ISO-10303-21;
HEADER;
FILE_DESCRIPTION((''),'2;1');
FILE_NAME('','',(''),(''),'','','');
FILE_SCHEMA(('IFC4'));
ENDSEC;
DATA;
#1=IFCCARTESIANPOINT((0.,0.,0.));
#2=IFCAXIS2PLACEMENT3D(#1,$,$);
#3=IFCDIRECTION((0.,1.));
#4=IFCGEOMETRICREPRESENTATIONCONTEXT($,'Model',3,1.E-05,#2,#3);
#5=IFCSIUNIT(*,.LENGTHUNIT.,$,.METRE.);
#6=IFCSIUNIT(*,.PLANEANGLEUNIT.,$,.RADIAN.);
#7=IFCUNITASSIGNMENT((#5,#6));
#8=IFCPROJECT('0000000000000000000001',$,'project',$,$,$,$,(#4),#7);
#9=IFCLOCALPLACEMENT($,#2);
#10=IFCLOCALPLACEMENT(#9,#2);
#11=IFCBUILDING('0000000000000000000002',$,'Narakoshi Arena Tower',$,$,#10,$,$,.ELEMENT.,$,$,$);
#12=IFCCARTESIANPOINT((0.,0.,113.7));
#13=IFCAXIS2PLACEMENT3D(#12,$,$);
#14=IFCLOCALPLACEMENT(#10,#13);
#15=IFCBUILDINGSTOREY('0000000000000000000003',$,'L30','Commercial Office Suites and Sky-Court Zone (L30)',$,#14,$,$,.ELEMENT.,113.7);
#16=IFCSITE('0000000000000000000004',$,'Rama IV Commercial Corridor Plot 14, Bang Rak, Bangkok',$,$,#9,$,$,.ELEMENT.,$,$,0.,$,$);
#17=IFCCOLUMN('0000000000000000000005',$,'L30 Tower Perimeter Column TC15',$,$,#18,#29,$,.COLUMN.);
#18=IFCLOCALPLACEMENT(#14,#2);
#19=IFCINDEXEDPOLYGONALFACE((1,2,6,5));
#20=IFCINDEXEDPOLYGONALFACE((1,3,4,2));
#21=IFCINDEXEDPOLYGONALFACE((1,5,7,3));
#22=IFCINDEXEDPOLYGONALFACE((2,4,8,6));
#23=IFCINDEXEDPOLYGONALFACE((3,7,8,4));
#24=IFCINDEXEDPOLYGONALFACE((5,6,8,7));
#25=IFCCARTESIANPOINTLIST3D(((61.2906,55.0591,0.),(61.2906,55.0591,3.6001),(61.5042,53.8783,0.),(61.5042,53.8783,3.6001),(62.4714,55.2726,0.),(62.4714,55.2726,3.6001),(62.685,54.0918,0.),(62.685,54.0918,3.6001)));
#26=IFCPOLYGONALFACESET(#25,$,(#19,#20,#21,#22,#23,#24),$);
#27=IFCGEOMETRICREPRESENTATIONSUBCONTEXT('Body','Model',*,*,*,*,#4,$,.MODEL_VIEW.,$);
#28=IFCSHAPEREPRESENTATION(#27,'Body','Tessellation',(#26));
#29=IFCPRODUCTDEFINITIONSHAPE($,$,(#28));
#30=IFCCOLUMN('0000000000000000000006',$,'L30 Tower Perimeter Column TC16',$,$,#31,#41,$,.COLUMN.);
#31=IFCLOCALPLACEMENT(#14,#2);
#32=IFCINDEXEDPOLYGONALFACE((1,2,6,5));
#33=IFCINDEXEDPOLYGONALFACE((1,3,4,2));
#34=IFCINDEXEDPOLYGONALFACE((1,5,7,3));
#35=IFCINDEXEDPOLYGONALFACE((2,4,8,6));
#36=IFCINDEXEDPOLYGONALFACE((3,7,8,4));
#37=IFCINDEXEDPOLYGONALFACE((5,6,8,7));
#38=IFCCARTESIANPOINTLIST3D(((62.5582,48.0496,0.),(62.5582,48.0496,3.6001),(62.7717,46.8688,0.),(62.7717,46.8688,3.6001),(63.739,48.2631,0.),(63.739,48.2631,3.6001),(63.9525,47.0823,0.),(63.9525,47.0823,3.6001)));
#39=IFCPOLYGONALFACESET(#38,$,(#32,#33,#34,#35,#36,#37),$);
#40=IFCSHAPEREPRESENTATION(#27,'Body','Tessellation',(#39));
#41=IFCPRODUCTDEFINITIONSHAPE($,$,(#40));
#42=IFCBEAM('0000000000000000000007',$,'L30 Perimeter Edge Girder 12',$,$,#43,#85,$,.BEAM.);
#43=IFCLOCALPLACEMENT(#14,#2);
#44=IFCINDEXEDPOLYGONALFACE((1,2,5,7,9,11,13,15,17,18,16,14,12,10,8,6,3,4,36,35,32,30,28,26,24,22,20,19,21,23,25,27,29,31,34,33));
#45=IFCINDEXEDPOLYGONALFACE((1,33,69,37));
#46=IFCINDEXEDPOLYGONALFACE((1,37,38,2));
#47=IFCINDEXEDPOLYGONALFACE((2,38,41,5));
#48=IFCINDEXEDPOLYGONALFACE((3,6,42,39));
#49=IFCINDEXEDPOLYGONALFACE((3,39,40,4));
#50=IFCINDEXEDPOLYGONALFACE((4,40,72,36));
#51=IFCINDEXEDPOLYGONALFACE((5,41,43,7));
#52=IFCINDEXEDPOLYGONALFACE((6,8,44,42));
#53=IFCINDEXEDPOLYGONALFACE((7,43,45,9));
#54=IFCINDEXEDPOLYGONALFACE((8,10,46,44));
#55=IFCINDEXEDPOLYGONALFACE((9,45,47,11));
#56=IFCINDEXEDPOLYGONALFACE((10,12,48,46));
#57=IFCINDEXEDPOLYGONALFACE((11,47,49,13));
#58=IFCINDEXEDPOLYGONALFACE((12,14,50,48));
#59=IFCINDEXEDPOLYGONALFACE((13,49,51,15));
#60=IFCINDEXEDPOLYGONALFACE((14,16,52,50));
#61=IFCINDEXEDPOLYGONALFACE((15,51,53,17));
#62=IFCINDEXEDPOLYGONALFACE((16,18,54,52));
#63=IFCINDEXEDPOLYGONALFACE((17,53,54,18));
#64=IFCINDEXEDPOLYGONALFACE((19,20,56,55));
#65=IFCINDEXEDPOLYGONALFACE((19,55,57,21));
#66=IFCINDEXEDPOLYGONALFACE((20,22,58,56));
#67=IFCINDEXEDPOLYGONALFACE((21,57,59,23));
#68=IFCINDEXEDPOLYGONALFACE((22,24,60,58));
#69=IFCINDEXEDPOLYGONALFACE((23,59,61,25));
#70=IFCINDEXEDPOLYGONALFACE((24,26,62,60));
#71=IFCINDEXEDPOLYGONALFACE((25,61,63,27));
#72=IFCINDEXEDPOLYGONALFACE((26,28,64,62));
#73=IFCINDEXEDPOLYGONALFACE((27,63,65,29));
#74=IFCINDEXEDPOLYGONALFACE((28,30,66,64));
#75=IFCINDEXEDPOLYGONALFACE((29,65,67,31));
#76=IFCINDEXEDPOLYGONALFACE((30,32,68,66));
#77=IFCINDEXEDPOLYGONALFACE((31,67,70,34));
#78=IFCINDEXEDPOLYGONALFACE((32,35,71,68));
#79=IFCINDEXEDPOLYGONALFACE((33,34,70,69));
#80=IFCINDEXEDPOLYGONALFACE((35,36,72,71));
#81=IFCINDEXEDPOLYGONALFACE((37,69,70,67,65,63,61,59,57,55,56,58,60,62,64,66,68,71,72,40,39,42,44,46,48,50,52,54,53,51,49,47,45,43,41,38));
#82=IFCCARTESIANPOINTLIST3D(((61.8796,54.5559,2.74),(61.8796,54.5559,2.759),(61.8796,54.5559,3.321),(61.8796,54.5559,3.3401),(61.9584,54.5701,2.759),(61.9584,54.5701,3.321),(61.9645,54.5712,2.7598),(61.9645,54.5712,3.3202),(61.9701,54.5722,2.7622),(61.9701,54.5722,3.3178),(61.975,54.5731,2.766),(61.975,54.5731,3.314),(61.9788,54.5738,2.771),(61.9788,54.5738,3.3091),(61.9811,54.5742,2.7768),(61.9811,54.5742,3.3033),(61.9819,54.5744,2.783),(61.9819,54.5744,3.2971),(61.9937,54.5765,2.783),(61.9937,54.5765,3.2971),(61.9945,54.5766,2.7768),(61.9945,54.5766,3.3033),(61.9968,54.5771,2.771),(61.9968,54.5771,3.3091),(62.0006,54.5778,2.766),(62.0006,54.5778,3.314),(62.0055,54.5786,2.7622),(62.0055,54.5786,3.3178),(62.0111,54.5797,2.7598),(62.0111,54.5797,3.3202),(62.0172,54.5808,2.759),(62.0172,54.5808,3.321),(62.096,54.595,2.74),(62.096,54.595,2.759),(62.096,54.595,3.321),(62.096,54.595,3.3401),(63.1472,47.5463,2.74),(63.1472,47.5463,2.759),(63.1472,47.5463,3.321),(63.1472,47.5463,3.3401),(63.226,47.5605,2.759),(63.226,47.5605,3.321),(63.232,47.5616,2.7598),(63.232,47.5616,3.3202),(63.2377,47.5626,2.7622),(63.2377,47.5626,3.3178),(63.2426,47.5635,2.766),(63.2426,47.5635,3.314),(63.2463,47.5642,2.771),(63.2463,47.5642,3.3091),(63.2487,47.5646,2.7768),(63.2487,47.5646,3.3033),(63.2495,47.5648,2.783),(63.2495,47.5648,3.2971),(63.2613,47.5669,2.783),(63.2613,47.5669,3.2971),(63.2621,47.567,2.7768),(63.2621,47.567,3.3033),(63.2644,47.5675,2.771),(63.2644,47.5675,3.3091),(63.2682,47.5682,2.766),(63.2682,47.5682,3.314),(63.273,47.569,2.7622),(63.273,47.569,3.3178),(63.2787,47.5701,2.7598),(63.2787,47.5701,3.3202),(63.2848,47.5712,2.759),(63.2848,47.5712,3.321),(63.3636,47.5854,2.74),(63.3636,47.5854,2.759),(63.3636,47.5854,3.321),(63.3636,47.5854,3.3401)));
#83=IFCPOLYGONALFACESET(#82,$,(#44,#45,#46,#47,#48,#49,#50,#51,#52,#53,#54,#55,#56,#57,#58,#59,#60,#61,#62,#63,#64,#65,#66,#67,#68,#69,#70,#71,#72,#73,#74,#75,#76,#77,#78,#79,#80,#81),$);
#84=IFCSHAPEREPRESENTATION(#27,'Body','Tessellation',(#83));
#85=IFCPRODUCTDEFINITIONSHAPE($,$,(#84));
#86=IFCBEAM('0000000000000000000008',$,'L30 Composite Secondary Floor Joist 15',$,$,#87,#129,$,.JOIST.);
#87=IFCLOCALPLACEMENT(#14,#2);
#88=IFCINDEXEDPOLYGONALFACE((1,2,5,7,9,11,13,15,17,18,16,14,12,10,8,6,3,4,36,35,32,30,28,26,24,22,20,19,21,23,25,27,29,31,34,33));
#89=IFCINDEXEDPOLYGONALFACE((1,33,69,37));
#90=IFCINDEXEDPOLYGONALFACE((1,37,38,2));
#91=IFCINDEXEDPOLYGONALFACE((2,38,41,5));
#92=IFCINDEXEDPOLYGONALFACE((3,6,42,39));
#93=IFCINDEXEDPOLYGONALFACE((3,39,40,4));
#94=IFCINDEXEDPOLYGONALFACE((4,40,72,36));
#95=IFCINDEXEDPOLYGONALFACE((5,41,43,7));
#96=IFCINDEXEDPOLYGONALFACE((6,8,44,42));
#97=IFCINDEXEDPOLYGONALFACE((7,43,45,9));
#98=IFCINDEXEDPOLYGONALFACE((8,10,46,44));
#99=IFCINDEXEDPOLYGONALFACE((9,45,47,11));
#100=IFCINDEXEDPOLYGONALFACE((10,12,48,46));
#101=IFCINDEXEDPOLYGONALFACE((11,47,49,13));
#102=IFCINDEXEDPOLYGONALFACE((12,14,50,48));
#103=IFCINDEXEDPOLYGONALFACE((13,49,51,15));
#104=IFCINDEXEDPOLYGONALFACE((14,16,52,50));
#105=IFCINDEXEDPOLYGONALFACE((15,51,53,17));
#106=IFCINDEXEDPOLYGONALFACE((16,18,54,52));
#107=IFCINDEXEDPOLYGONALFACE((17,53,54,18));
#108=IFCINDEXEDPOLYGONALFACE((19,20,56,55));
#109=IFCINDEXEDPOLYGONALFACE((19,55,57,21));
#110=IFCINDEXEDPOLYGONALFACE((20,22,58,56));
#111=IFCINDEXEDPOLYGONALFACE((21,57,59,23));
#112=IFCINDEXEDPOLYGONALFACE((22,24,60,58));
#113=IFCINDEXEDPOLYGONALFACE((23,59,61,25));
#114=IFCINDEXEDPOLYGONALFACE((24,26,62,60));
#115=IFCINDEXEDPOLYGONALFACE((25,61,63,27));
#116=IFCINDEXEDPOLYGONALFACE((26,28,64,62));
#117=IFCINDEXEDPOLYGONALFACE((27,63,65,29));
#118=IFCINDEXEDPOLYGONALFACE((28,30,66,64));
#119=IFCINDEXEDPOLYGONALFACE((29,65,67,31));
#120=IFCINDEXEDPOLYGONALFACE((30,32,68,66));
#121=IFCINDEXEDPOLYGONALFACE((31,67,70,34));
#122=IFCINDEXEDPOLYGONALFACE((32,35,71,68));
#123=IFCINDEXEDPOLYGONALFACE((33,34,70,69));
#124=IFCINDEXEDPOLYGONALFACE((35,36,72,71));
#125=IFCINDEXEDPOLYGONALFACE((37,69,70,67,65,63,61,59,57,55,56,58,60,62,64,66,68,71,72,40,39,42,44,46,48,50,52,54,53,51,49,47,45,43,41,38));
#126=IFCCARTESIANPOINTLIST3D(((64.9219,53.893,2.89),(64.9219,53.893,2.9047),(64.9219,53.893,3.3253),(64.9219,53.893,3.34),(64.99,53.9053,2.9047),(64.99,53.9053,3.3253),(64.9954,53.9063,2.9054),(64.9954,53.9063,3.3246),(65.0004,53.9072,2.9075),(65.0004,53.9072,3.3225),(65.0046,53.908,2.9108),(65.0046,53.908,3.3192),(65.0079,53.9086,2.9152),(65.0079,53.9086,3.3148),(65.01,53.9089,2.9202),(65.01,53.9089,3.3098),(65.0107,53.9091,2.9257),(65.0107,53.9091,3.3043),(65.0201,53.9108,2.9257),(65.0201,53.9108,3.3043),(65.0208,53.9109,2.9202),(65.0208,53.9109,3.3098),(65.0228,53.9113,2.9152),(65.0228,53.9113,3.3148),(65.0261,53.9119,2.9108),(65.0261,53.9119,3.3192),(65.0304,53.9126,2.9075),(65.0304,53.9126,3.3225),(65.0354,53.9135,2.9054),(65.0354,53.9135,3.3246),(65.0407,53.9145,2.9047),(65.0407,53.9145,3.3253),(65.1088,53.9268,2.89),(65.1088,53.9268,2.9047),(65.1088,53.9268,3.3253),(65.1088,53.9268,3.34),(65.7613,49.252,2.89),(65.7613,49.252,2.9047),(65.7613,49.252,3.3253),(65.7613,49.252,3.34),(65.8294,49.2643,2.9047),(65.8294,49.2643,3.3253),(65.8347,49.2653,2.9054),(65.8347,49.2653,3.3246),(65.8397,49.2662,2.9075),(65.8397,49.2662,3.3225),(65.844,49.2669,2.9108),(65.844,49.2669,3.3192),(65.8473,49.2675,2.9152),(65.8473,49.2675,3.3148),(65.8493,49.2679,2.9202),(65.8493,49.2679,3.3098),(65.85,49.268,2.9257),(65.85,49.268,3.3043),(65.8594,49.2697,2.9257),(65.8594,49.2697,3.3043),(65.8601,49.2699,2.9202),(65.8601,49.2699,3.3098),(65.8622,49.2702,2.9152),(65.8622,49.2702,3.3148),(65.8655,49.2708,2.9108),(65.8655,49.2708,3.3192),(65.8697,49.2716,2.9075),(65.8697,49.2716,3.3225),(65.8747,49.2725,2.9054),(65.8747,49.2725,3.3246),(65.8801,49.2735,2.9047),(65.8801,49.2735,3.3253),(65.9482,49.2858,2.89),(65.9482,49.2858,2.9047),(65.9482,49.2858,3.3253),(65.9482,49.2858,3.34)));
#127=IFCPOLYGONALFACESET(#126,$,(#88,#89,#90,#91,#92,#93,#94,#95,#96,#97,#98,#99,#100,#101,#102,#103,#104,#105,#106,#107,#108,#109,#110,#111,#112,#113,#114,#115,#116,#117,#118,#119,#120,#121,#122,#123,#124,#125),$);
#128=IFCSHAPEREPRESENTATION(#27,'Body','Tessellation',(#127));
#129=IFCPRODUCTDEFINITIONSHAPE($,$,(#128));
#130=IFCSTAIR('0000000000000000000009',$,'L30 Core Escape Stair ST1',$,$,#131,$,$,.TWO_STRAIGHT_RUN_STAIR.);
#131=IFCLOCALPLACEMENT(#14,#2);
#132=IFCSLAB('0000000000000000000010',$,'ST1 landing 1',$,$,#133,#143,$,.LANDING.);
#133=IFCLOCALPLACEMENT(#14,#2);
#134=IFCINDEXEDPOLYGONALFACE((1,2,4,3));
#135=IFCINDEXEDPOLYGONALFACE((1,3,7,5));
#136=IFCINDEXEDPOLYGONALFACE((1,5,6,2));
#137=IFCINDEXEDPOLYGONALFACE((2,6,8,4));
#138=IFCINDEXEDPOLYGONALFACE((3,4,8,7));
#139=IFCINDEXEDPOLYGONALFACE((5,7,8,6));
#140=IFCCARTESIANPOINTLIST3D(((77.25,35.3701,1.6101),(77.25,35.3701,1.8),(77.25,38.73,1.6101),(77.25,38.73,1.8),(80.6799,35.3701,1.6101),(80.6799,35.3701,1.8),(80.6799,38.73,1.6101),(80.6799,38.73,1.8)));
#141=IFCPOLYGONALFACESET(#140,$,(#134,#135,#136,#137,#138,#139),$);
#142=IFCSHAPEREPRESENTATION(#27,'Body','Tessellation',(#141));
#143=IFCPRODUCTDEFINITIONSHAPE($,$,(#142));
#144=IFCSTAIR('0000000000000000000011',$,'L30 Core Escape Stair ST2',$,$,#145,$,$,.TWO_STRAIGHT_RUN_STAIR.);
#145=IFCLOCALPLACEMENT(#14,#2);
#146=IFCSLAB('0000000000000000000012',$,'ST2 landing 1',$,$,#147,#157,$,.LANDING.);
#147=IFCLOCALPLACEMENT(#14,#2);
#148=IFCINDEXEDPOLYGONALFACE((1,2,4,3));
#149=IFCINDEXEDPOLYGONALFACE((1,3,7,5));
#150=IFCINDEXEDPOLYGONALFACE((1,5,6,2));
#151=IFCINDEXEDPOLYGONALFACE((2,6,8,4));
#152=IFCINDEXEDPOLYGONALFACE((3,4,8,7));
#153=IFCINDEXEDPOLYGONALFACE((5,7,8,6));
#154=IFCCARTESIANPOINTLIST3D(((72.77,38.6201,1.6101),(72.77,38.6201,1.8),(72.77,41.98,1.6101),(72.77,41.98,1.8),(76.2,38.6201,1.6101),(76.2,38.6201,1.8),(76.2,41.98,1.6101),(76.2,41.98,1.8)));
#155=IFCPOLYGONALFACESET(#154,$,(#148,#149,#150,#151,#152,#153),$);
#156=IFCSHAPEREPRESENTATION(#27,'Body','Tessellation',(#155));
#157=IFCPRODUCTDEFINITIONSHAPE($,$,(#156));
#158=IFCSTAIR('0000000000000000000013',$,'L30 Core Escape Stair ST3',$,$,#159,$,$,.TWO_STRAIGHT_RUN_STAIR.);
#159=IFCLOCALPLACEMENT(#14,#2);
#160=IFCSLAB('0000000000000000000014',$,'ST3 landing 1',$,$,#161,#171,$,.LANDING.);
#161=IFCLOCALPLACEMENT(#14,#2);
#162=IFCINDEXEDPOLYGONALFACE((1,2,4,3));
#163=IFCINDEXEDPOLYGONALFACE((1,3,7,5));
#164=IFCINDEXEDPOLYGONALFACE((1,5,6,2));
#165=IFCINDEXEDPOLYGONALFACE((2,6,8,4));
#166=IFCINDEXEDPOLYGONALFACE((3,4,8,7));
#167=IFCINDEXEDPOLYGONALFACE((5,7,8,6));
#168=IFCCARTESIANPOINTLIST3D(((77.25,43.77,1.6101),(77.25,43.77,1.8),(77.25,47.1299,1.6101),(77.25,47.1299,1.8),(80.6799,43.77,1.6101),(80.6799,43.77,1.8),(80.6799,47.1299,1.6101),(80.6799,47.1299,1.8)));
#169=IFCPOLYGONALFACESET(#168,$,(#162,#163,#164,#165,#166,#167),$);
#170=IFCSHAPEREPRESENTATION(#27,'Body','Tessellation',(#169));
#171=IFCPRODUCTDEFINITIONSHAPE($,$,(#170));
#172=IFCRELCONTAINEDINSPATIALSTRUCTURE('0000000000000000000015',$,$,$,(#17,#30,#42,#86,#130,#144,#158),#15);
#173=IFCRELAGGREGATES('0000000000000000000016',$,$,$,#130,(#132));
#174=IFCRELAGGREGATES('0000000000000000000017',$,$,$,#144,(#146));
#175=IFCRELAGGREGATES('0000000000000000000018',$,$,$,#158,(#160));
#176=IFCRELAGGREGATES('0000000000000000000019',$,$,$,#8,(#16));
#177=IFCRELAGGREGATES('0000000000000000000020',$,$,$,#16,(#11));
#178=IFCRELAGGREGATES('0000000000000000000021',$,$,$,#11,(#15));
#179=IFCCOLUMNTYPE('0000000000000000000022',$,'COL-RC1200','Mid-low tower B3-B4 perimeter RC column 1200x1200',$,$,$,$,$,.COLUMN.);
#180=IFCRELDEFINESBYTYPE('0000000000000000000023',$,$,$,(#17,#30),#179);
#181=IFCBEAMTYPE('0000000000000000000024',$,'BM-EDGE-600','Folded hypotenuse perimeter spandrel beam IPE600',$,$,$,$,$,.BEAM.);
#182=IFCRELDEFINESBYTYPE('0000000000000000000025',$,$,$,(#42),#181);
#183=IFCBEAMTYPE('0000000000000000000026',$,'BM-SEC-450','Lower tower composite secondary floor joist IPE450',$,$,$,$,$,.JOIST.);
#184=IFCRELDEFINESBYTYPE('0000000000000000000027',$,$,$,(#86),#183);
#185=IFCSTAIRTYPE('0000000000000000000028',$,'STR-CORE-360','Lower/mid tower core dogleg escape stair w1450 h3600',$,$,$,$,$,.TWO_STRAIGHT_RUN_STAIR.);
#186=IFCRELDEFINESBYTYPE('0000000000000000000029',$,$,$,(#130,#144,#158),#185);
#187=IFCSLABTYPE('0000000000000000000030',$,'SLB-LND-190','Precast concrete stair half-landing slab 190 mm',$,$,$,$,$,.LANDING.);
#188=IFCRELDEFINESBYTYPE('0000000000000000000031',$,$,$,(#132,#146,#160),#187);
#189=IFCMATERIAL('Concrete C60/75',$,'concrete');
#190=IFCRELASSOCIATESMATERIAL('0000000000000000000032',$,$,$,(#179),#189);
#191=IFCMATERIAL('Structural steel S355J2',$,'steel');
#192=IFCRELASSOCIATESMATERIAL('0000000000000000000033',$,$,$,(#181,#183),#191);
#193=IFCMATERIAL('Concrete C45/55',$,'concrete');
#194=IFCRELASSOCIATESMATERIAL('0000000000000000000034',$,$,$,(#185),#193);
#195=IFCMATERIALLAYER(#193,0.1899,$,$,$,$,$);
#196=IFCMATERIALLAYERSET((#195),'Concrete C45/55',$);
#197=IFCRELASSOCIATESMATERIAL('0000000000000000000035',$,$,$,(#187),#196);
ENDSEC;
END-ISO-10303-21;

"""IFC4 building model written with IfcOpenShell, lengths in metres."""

from ifc_helpers import new_model, si_unit, direction, frame, origin, origin_2d, place, context, subcontext, project, spatial, polyline, rectangle, i_section, outline, extrude, material, layer, layer_set, material_profile, profile_set, type_object, element, aggregate, save


model = new_model("IFC4")

# Units and contexts
model_context = context("Model", 3, precision=1e-05, world=origin(), true_north=direction((0.0, 1.0)))
body_context = subcontext(model_context, "Body", "Model", "MODEL_VIEW")
ifc_project = project(units=[si_unit("LENGTHUNIT", "METRE"), si_unit("PLANEANGLEUNIT", "RADIAN")], contexts=[model_context])

# Site, building, storey
site_placement = place(None, origin())
site = spatial("IfcSite", under=ifc_project, at=site_placement, Name="Rama IV Commercial Corridor Plot 14, Bang Rak, Bangkok", CompositionType="ELEMENT", RefElevation=0.0)
building_placement = place(site_placement, origin())
building = spatial("IfcBuilding", under=site, at=building_placement, Name="Narakoshi Arena Tower", CompositionType="ELEMENT")
storey_placement = place(building_placement, frame((0.0, 0.0, 113.7)))
storey = spatial("IfcBuildingStorey", under=building, at=storey_placement, Name="L30", Description="Commercial Office Suites and Sky-Court Zone (L30)", CompositionType="ELEMENT", Elevation=113.7)

# Columns
ifc_material_1 = material(Name="Concrete C60/75", Category="concrete")
ifc_material_profile_1 = material_profile(ifc_material_1, rectangle(XDim=1.2, YDim=1.2, at=origin_2d()), Name="RC1200x1200")
ifc_profile_set_1 = profile_set([ifc_material_profile_1], Name="Concrete C60/75")
column_type = type_object("IfcColumnType", Name="COL-RC1200", Description="Mid-low tower B3-B4 perimeter RC column 1200x1200", PredefinedType="COLUMN", material=ifc_profile_set_1)
for number, where, z_axis, x_axis, name in (
    (1, (61.9878, 54.5754, 0.0), (0.0, 0.0, 1.0), (-0.177944, 0.984041, 0.0), "L30 Tower Perimeter Column TC15"),
    (2, (63.2554, 47.5659, 0.0), (0.0, 0.0, 1.0), (-0.177944, 0.984041, 0.0), "L30 Tower Perimeter Column TC16"),
):
    element("IfcColumn", number, at=place(storey_placement, frame(where, z_axis=z_axis, x_axis=x_axis)), inside=storey, type_object=column_type, Name=name, PredefinedType="COLUMN", context=body_context, shape_type="SweptSolid", body=[
        extrude(rectangle(XDim=1.2, YDim=1.2, at=origin_2d()), origin(), (0.0, 0.0, 1.0), 3.6001),
    ])

# Beams
ifc_material_2 = material(Name="Structural steel S355J2", Category="steel")
ifc_material_profile_2 = material_profile(ifc_material_2, i_section(OverallWidth=0.22, OverallDepth=0.6001, WebThickness=0.012, FlangeThickness=0.019, FilletRadius=0.0239, at=origin_2d()), Name="IPE600")
ifc_profile_set_2 = profile_set([ifc_material_profile_2], Name="Structural steel S355J2")
beam_type_1 = type_object("IfcBeamType", Name="BM-EDGE-600", Description="Folded hypotenuse perimeter spandrel beam IPE600", PredefinedType="BEAM", material=ifc_profile_set_2)
beam_1_placement = place(storey_placement, frame((61.9878, 54.5754, 3.04), z_axis=(0.17795, -0.984039, 0.0), x_axis=(0.984039, 0.17795, 0.0)))
element("IfcBeam", 3, at=beam_1_placement, inside=storey, type_object=beam_type_1, Name="L30 Perimeter Edge Girder 12", PredefinedType="BEAM", context=body_context, shape_type="SweptSolid", body=[
    extrude(i_section(OverallWidth=0.22, OverallDepth=0.6001, WebThickness=0.012, FlangeThickness=0.019, FilletRadius=0.0239, at=origin_2d()), origin(), (0.0, 0.0, 1.0), 7.1233),
])
ifc_material_profile_3 = material_profile(ifc_material_2, i_section(OverallWidth=0.1899, OverallDepth=0.45, WebThickness=0.0095, FlangeThickness=0.0146, FilletRadius=0.021, at=origin_2d()), Name="IPE450")
ifc_profile_set_3 = profile_set([ifc_material_profile_3], Name="Structural steel S355J2")
beam_type_2 = type_object("IfcBeamType", Name="BM-SEC-450", Description="Lower tower composite secondary floor joist IPE450", PredefinedType="JOIST", material=ifc_profile_set_3)
beam_2_placement = place(storey_placement, frame((65.0154, 53.9099, 3.115), z_axis=(0.177965, -0.984037, 0.0), x_axis=(0.984037, 0.177965, 0.0)))
element("IfcBeam", 4, at=beam_2_placement, inside=storey, type_object=beam_type_2, Name="L30 Composite Secondary Floor Joist 15", PredefinedType="JOIST", context=body_context, shape_type="SweptSolid", body=[
    extrude(i_section(OverallWidth=0.1899, OverallDepth=0.45, WebThickness=0.0095, FlangeThickness=0.0146, FilletRadius=0.021, at=origin_2d()), origin(), (0.0, 0.0, 1.0), 4.7163),
])

# Stairs, slabs
ifc_material_3 = material(Name="Concrete C45/55", Category="concrete")
stair_type = type_object("IfcStairType", Name="STR-CORE-360", Description="Lower/mid tower core dogleg escape stair w1450 h3600", PredefinedType="TWO_STRAIGHT_RUN_STAIR", material=ifc_material_3)
stair_1_placement = place(storey_placement, origin())
stair_1 = element("IfcStair", 5, at=stair_1_placement, inside=storey, type_object=stair_type, Name="L30 Core Escape Stair ST1", PredefinedType="TWO_STRAIGHT_RUN_STAIR")
ifc_layer_1 = layer(ifc_material_3, 0.1899)
ifc_layer_set_1 = layer_set([ifc_layer_1], Name="Concrete C45/55")
slab_type_1 = type_object("IfcSlabType", Name="SLB-LND-190", Description="Precast concrete stair half-landing slab 190 mm", PredefinedType="LANDING", material=ifc_layer_set_1)
slab_1_placement = place(storey_placement, frame((0.0, 0.0, 1.6101)))
slab_1 = element("IfcSlab", 6, at=slab_1_placement, type_object=slab_type_1, Name="ST1 landing 1", PredefinedType="LANDING", context=body_context, shape_type="SweptSolid", body=[
    extrude(outline(polyline([(77.25, 35.3701), (80.6799, 35.3701), (80.6799, 38.73), (77.25, 38.73), (77.25, 35.3701)])), origin(), (0.0, 0.0, 1.0), 0.1899),
])
aggregate(stair_1, [slab_1])
stair_2_placement = place(storey_placement, origin())
stair_2 = element("IfcStair", 7, at=stair_2_placement, inside=storey, type_object=stair_type, Name="L30 Core Escape Stair ST2", PredefinedType="TWO_STRAIGHT_RUN_STAIR")
slab_2_placement = place(storey_placement, frame((0.0, 0.0, 1.6101)))
slab_2 = element("IfcSlab", 8, at=slab_2_placement, type_object=slab_type_1, Name="ST2 landing 1", PredefinedType="LANDING", context=body_context, shape_type="SweptSolid", body=[
    extrude(outline(polyline([(72.77, 38.6201), (76.2, 38.6201), (76.2, 41.98), (72.77, 41.98), (72.77, 38.6201)])), origin(), (0.0, 0.0, 1.0), 0.1899),
])
aggregate(stair_2, [slab_2])
stair_3_placement = place(storey_placement, origin())
stair_3 = element("IfcStair", 9, at=stair_3_placement, inside=storey, type_object=stair_type, Name="L30 Core Escape Stair ST3", PredefinedType="TWO_STRAIGHT_RUN_STAIR")
slab_3_placement = place(storey_placement, frame((0.0, 0.0, 1.6101)))
slab_3 = element("IfcSlab", 10, at=slab_3_placement, type_object=slab_type_1, Name="ST3 landing 1", PredefinedType="LANDING", context=body_context, shape_type="SweptSolid", body=[
    extrude(outline(polyline([(77.25, 43.77), (80.6799, 43.77), (80.6799, 47.1299), (77.25, 47.1299), (77.25, 43.77)])), origin(), (0.0, 0.0, 1.0), 0.1899),
])
aggregate(stair_3, [slab_3])

save(model, "model.ifc")
